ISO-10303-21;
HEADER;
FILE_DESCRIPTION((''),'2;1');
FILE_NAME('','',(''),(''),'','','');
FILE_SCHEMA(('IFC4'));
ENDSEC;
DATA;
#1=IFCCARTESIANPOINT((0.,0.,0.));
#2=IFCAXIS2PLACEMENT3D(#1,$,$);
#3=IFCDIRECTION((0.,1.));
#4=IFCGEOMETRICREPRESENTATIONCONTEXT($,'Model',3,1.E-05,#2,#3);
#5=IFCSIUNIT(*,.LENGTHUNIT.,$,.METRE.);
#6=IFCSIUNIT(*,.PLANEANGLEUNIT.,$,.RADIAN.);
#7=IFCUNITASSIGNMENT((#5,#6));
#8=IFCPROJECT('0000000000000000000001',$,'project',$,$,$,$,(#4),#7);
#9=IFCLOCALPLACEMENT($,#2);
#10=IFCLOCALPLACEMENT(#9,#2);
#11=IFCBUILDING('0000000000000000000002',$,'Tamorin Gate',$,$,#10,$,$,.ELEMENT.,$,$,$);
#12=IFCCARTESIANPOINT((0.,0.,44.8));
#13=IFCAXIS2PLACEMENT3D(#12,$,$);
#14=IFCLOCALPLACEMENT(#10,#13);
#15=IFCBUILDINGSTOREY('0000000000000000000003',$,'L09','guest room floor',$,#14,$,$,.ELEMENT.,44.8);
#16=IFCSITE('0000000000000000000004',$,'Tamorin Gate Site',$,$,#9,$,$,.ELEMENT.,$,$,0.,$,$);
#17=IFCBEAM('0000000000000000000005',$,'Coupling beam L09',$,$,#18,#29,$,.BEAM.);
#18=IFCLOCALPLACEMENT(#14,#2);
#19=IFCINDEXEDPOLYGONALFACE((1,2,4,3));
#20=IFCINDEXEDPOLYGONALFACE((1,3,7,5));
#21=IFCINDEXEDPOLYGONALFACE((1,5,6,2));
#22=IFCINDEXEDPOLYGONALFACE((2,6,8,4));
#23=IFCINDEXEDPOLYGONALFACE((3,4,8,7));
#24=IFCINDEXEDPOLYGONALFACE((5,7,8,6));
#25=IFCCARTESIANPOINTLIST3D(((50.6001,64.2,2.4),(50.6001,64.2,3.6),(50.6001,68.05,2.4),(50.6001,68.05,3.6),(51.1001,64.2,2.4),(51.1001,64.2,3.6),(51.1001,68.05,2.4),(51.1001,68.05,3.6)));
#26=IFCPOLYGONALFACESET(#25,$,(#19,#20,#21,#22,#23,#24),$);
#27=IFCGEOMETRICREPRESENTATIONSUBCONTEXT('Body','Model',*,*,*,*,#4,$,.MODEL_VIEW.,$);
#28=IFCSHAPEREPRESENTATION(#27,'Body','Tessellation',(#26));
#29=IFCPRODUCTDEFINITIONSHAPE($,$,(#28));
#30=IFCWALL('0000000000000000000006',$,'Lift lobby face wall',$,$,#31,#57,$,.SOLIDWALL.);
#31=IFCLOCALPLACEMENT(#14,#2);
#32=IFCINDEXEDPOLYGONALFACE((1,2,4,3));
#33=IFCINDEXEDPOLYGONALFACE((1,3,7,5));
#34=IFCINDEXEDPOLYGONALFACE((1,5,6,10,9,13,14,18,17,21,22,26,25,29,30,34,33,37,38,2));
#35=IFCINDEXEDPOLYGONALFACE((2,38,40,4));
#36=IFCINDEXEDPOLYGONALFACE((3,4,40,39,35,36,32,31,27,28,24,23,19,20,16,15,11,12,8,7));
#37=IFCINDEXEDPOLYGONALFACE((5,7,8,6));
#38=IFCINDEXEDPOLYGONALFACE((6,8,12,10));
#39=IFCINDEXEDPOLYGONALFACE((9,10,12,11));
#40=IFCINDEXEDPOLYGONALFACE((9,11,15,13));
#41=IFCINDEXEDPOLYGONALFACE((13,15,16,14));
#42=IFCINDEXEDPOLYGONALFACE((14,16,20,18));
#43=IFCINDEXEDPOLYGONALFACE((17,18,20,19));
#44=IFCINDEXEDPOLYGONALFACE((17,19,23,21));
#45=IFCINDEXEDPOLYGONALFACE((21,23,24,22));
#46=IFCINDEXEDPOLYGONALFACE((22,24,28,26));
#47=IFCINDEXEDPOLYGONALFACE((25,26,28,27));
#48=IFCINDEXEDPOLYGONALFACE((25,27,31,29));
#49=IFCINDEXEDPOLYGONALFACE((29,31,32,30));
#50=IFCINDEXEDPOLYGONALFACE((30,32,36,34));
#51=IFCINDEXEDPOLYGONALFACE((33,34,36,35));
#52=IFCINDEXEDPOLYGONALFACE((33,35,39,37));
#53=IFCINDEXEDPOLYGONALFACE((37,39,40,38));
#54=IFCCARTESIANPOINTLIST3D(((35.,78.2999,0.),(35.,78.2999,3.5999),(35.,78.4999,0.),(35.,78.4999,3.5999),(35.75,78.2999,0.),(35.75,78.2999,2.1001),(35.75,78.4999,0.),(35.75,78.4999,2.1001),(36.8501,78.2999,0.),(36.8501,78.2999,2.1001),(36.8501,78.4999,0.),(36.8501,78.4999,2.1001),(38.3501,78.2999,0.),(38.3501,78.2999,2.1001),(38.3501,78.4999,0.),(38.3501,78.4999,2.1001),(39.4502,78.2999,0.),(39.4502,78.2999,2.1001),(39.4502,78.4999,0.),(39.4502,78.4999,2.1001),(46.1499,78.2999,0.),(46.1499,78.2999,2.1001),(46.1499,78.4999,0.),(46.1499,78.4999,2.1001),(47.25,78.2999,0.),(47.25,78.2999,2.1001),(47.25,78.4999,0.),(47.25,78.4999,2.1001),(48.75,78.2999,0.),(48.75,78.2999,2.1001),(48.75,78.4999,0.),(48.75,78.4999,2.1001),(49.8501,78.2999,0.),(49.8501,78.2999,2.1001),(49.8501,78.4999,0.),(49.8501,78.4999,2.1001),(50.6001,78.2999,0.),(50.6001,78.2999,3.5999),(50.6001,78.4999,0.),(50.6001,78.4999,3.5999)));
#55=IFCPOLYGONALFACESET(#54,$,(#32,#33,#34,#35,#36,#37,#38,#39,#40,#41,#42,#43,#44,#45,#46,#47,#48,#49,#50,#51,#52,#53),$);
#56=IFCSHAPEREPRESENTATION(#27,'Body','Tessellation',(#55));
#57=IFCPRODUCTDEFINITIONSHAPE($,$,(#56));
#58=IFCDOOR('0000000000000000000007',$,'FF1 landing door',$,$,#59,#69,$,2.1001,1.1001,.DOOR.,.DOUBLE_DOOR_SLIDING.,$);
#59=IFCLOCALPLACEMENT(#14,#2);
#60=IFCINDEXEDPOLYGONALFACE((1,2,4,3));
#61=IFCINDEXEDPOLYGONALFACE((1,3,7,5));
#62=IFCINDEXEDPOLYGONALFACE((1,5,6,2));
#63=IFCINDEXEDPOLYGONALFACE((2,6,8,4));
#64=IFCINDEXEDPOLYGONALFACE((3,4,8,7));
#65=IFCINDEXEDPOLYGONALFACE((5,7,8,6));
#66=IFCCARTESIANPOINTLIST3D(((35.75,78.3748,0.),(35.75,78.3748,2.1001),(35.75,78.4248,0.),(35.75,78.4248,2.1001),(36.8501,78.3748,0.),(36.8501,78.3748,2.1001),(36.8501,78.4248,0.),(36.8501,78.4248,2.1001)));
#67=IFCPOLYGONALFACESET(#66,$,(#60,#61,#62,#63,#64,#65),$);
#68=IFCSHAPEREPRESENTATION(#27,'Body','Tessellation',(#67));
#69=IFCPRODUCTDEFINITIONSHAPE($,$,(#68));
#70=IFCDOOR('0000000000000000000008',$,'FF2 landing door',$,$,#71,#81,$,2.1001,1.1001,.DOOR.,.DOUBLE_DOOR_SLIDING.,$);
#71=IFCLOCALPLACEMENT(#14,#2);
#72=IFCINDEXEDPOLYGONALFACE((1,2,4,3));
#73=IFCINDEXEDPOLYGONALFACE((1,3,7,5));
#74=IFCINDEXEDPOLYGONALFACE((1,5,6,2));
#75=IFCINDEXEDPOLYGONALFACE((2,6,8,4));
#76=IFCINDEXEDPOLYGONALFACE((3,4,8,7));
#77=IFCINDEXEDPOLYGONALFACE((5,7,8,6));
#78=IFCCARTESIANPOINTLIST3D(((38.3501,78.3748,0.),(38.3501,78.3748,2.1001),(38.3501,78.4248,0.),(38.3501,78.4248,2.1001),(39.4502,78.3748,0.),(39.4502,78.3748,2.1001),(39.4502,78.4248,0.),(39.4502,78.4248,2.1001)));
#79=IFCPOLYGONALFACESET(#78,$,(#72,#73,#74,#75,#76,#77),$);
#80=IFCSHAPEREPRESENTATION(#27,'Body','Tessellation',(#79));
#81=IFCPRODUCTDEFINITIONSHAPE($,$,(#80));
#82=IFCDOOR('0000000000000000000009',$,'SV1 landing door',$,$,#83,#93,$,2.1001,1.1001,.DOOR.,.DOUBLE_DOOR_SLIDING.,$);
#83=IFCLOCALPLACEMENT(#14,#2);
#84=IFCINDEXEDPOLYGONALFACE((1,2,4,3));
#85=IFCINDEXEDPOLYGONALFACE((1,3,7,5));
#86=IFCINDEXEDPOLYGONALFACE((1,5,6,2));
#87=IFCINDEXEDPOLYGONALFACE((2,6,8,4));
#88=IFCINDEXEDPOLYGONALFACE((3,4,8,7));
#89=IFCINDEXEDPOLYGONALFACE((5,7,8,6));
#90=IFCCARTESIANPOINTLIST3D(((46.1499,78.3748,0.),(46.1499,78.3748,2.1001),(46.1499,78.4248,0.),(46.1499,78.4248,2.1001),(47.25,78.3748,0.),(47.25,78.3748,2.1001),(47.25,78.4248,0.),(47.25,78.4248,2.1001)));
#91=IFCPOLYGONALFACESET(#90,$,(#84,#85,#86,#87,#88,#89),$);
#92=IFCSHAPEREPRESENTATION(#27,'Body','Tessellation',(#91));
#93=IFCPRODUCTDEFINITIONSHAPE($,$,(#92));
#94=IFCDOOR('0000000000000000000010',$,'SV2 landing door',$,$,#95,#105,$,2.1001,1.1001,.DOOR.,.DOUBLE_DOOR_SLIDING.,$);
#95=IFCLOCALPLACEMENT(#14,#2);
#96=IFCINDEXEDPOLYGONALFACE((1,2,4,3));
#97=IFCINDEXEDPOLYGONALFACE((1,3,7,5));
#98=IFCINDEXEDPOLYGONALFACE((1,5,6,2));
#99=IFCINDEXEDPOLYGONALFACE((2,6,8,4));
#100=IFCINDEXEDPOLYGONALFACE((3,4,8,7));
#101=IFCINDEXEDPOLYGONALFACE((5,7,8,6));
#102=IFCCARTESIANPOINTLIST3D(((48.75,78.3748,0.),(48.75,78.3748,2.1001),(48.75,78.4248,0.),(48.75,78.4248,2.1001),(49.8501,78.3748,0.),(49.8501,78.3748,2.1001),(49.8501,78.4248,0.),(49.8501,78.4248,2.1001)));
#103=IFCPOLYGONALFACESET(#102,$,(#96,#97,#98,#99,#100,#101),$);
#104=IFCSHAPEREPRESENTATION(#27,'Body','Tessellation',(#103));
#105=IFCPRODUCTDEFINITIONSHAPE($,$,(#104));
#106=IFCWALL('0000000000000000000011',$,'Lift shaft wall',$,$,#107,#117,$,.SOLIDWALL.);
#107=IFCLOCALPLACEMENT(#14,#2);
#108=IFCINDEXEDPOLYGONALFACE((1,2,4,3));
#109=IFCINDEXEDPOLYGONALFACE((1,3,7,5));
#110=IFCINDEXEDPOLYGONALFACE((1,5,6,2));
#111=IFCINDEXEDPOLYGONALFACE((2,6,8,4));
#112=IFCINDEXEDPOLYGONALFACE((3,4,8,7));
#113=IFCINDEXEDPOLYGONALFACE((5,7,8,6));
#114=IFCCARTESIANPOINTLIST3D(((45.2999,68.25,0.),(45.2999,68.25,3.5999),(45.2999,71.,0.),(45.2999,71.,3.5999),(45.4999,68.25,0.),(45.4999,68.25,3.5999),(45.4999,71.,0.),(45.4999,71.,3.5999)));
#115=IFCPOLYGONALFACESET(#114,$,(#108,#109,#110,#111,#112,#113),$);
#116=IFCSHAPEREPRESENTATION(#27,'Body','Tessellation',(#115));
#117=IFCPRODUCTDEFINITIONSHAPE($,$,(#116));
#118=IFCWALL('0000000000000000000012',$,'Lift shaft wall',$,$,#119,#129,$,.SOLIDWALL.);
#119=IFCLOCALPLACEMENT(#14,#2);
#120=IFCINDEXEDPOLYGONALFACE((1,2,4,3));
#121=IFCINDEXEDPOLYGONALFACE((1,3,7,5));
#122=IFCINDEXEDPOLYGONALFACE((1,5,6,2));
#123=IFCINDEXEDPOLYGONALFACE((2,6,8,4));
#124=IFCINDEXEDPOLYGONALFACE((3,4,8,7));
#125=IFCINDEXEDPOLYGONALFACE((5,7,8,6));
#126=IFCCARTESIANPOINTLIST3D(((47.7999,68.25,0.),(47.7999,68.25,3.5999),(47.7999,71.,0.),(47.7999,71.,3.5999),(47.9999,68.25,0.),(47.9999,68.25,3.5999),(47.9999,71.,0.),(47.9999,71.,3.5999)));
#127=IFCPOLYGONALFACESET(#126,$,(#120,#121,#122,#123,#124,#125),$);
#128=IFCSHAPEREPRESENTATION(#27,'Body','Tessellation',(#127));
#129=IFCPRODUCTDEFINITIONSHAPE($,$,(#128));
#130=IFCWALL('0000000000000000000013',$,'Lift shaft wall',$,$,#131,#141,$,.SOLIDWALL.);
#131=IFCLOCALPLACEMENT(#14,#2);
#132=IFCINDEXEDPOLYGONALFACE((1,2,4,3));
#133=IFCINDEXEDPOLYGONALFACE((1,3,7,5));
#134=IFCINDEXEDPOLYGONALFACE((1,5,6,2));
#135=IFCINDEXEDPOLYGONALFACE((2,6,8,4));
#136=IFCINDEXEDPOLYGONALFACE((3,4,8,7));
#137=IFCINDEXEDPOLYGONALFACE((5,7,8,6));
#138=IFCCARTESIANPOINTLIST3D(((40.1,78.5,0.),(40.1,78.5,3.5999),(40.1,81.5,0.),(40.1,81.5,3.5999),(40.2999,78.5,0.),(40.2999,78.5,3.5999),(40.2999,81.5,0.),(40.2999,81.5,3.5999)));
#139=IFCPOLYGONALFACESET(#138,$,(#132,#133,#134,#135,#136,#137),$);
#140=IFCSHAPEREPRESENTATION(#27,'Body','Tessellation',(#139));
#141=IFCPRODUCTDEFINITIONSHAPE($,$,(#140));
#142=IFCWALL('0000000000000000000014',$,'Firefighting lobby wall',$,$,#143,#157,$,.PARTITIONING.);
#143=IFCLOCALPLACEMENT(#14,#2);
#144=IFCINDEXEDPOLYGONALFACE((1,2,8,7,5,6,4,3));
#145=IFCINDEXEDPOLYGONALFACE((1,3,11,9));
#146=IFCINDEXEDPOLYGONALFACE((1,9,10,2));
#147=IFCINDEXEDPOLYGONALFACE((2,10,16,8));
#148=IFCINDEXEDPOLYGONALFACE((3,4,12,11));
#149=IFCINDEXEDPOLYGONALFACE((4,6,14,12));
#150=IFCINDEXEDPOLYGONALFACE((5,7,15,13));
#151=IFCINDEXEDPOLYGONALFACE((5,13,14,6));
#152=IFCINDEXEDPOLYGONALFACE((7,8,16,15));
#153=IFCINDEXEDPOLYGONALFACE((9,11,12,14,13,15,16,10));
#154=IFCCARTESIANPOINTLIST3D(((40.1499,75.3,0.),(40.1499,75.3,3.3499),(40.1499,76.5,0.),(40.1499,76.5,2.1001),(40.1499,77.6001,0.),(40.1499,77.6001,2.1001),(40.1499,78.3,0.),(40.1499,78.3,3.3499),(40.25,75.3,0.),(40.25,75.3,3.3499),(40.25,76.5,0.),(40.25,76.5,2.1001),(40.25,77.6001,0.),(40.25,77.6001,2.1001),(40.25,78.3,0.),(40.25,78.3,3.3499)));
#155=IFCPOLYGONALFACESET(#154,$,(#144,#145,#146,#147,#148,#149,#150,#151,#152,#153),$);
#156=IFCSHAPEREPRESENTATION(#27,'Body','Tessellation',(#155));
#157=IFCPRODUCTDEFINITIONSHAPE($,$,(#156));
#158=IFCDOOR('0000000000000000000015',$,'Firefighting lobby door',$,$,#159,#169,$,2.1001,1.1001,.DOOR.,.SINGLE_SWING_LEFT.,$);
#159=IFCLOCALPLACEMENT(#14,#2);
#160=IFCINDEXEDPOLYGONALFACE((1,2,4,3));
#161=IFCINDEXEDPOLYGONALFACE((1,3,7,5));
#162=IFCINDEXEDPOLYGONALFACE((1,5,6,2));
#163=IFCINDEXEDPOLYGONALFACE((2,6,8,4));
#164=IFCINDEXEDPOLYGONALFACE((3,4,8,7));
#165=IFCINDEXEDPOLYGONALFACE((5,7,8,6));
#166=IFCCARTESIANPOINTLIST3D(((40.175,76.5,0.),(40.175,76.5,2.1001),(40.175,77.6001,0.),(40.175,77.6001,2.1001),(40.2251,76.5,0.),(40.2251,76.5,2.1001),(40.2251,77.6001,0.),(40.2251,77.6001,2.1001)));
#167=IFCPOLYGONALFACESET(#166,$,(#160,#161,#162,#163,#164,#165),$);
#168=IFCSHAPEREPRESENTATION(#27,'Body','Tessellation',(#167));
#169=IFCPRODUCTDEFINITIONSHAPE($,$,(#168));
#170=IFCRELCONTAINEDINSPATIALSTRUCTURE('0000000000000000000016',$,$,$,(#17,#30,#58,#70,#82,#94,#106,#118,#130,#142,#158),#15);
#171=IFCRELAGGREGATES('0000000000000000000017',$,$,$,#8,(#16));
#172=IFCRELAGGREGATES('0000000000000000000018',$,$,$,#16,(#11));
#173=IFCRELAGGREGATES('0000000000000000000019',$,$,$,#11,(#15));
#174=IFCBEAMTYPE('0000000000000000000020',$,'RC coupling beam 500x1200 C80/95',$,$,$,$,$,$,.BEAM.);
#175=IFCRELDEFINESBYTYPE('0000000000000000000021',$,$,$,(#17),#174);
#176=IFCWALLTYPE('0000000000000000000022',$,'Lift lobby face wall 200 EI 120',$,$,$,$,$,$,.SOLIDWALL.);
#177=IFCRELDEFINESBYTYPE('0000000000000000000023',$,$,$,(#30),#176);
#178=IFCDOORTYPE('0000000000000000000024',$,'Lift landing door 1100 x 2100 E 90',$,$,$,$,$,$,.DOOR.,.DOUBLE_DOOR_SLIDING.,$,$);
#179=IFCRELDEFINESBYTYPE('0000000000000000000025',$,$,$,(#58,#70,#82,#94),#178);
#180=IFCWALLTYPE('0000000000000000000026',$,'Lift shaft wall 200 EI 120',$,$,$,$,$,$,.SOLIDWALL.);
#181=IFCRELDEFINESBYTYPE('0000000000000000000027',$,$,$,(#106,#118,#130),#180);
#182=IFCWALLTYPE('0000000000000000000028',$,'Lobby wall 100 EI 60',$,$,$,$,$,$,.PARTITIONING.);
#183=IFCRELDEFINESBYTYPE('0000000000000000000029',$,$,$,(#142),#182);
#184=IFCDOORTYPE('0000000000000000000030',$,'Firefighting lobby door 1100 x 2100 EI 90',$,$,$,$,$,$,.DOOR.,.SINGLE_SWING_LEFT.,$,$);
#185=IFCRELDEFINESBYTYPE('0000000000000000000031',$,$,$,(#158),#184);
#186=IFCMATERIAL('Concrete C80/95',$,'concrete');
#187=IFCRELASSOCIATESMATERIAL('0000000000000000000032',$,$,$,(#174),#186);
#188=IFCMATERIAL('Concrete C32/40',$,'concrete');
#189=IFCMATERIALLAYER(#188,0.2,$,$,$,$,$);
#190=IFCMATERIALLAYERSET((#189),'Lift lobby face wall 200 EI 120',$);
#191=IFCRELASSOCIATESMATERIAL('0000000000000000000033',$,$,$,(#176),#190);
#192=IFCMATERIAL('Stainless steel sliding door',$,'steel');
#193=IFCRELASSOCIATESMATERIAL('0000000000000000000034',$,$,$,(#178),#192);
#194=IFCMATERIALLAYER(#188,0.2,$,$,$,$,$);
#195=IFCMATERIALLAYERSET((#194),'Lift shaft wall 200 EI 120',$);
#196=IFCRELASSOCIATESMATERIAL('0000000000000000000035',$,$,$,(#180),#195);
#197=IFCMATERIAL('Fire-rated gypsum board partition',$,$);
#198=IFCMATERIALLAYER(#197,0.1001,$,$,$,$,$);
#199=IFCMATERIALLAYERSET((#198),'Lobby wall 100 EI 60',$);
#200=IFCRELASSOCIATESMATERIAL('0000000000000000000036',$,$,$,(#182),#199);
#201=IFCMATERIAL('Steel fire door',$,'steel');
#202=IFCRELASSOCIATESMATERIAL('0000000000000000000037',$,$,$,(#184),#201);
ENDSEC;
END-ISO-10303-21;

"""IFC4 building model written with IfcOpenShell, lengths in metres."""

from ifc_helpers import new_model, si_unit, direction, frame, frame_2d, origin, origin_2d, place, context, subcontext, project, spatial, rectangle, extrude, material, layer, layer_set, material_profile, profile_set, type_object, element, fill, save


model = new_model("IFC4")

# Units and contexts
model_context = context("Model", 3, precision=1e-05, world=origin(), true_north=direction((0.0, 1.0)))
body_context = subcontext(model_context, "Body", "Model", "MODEL_VIEW")
ifc_project = project(units=[si_unit("LENGTHUNIT", "METRE"), si_unit("PLANEANGLEUNIT", "RADIAN")], contexts=[model_context])

# Site, building, storey
site_placement = place(None, origin())
site = spatial("IfcSite", under=ifc_project, at=site_placement, Name="Tamorin Gate Site", CompositionType="ELEMENT", RefElevation=0.0)
building_placement = place(site_placement, origin())
building = spatial("IfcBuilding", under=site, at=building_placement, Name="Tamorin Gate", CompositionType="ELEMENT")
storey_placement = place(building_placement, frame((0.0, 0.0, 44.8)))
storey = spatial("IfcBuildingStorey", under=building, at=storey_placement, Name="L09", Description="guest room floor", CompositionType="ELEMENT", Elevation=44.8)

# Beam
ifc_material_1 = material(Name="Concrete C80/95", Category="concrete")
ifc_material_profile = material_profile(ifc_material_1, rectangle(XDim=0.5, YDim=1.2, at=origin_2d()), Name="RC 500x1200")
ifc_profile_set = profile_set([ifc_material_profile], Name="Concrete C80/95")
beam_type = type_object("IfcBeamType", Name="RC coupling beam 500x1200 C80/95", PredefinedType="BEAM", material=ifc_profile_set)
beam_placement = place(storey_placement, frame((50.8501, 64.2, 3.0), z_axis=(0.0, 1.0, 0.0), x_axis=(-1.0, 0.0, 0.0)))
element("IfcBeam", 1, at=beam_placement, inside=storey, type_object=beam_type, Name="Coupling beam L09", PredefinedType="BEAM", context=body_context, shape_type="SweptSolid", body=[
    extrude(rectangle(XDim=0.5, YDim=1.2, at=origin_2d()), origin(), (0.0, 0.0, 1.0), 3.8501),
])

# Wall, openings, doors
ifc_material_2 = material(Name="Concrete C32/40", Category="concrete")
ifc_layer_1 = layer(ifc_material_2, 0.2)
ifc_layer_set_1 = layer_set([ifc_layer_1], Name="Lift lobby face wall 200 EI 120")
wall_type_1 = type_object("IfcWallType", Name="Lift lobby face wall 200 EI 120", PredefinedType="SOLIDWALL", material=ifc_layer_set_1)
wall_1_placement = place(storey_placement, frame((35.0, 78.3999, 0.0), z_axis=(0.0, 0.0, 1.0), x_axis=(1.0, 0.0, 0.0)))
wall_1 = element("IfcWall", 2, at=wall_1_placement, inside=storey, type_object=wall_type_1, Name="Lift lobby face wall", PredefinedType="SOLIDWALL", context=body_context, shape_type="SweptSolid", body=[
    extrude(rectangle(XDim=15.6001, YDim=0.2, at=frame_2d((7.8, 0.0))), origin(), (0.0, 0.0, 1.0), 3.5999),
])
opening_1_placement = place(wall_1_placement, frame((0.75, 0.0, 0.0)))
opening_1 = element("IfcOpeningElement", 3, at=opening_1_placement, cuts=wall_1, PredefinedType="OPENING", context=body_context, shape_type="SweptSolid", body=[
    extrude(rectangle(XDim=1.1001, YDim=2.1001, at=frame_2d((0.55, 1.05))), frame((0.0, 0.1099, 0.0), z_axis=(0.0, -1.0, 0.0), x_axis=(1.0, 0.0, 0.0)), (0.0, 0.0, 1.0), 0.22),
])
opening_2_placement = place(wall_1_placement, frame((3.3501, 0.0, 0.0)))
opening_2 = element("IfcOpeningElement", 4, at=opening_2_placement, cuts=wall_1, PredefinedType="OPENING", context=body_context, shape_type="SweptSolid", body=[
    extrude(rectangle(XDim=1.1001, YDim=2.1001, at=frame_2d((0.55, 1.05))), frame((0.0, 0.1099, 0.0), z_axis=(0.0, -1.0, 0.0), x_axis=(1.0, 0.0, 0.0)), (0.0, 0.0, 1.0), 0.22),
])
opening_3_placement = place(wall_1_placement, frame((11.1499, 0.0, 0.0)))
opening_3 = element("IfcOpeningElement", 5, at=opening_3_placement, cuts=wall_1, PredefinedType="OPENING", context=body_context, shape_type="SweptSolid", body=[
    extrude(rectangle(XDim=1.1001, YDim=2.1001, at=frame_2d((0.55, 1.05))), frame((0.0, 0.1099, 0.0), z_axis=(0.0, -1.0, 0.0), x_axis=(1.0, 0.0, 0.0)), (0.0, 0.0, 1.0), 0.22),
])
opening_4_placement = place(wall_1_placement, frame((13.75, 0.0, 0.0)))
opening_4 = element("IfcOpeningElement", 6, at=opening_4_placement, cuts=wall_1, PredefinedType="OPENING", context=body_context, shape_type="SweptSolid", body=[
    extrude(rectangle(XDim=1.1001, YDim=2.1001, at=frame_2d((0.55, 1.05))), frame((0.0, 0.1099, 0.0), z_axis=(0.0, -1.0, 0.0), x_axis=(1.0, 0.0, 0.0)), (0.0, 0.0, 1.0), 0.22),
])
ifc_material_3 = material(Name="Stainless steel sliding door", Category="steel")
door_type_1 = type_object("IfcDoorType", Name="Lift landing door 1100 x 2100 E 90", OperationType="DOUBLE_DOOR_SLIDING", PredefinedType="DOOR", material=ifc_material_3)
door_1_placement = place(opening_1_placement, origin())
door_1 = element("IfcDoor", 7, at=door_1_placement, inside=storey, type_object=door_type_1, Name="FF1 landing door", OperationType="DOUBLE_DOOR_SLIDING", OverallHeight=2.1001, OverallWidth=1.1001, PredefinedType="DOOR", context=body_context, shape_type="SweptSolid", body=[
    extrude(rectangle(XDim=1.1001, YDim=2.1001, at=frame_2d((0.55, 1.05))), frame((0.0, 0.0249, 0.0), z_axis=(0.0, -1.0, 0.0), x_axis=(1.0, 0.0, 0.0)), (0.0, 0.0, 1.0), 0.05),
])
fill(opening_1, door_1)
door_2_placement = place(opening_2_placement, origin())
door_2 = element("IfcDoor", 8, at=door_2_placement, inside=storey, type_object=door_type_1, Name="FF2 landing door", OperationType="DOUBLE_DOOR_SLIDING", OverallHeight=2.1001, OverallWidth=1.1001, PredefinedType="DOOR", context=body_context, shape_type="SweptSolid", body=[
    extrude(rectangle(XDim=1.1001, YDim=2.1001, at=frame_2d((0.55, 1.05))), frame((0.0, 0.0249, 0.0), z_axis=(0.0, -1.0, 0.0), x_axis=(1.0, 0.0, 0.0)), (0.0, 0.0, 1.0), 0.05),
])
fill(opening_2, door_2)
door_3_placement = place(opening_3_placement, origin())
door_3 = element("IfcDoor", 9, at=door_3_placement, inside=storey, type_object=door_type_1, Name="SV1 landing door", OperationType="DOUBLE_DOOR_SLIDING", OverallHeight=2.1001, OverallWidth=1.1001, PredefinedType="DOOR", context=body_context, shape_type="SweptSolid", body=[
    extrude(rectangle(XDim=1.1001, YDim=2.1001, at=frame_2d((0.55, 1.05))), frame((0.0, 0.0249, 0.0), z_axis=(0.0, -1.0, 0.0), x_axis=(1.0, 0.0, 0.0)), (0.0, 0.0, 1.0), 0.05),
])
fill(opening_3, door_3)
door_4_placement = place(opening_4_placement, origin())
door_4 = element("IfcDoor", 10, at=door_4_placement, inside=storey, type_object=door_type_1, Name="SV2 landing door", OperationType="DOUBLE_DOOR_SLIDING", OverallHeight=2.1001, OverallWidth=1.1001, PredefinedType="DOOR", context=body_context, shape_type="SweptSolid", body=[
    extrude(rectangle(XDim=1.1001, YDim=2.1001, at=frame_2d((0.55, 1.05))), frame((0.0, 0.0249, 0.0), z_axis=(0.0, -1.0, 0.0), x_axis=(1.0, 0.0, 0.0)), (0.0, 0.0, 1.0), 0.05),
])
fill(opening_4, door_4)

# Walls
ifc_layer_2 = layer(ifc_material_2, 0.2)
ifc_layer_set_2 = layer_set([ifc_layer_2], Name="Lift shaft wall 200 EI 120")
wall_type_2 = type_object("IfcWallType", Name="Lift shaft wall 200 EI 120", PredefinedType="SOLIDWALL", material=ifc_layer_set_2)
for number, where, z_axis, x_axis, name in (
    (11, (45.3999, 68.25, 0.0), (0.0, 0.0, 1.0), (0.0, 1.0, 0.0), "Lift shaft wall"),
    (12, (47.8999, 68.25, 0.0), (0.0, 0.0, 1.0), (0.0, 1.0, 0.0), "Lift shaft wall"),
):
    element("IfcWall", number, at=place(storey_placement, frame(where, z_axis=z_axis, x_axis=x_axis)), inside=storey, type_object=wall_type_2, Name=name, PredefinedType="SOLIDWALL", context=body_context, shape_type="SweptSolid", body=[
        extrude(rectangle(XDim=2.75, YDim=0.2, at=frame_2d((1.375, 0.0))), origin(), (0.0, 0.0, 1.0), 3.5999),
    ])
wall_2_placement = place(storey_placement, frame((40.2, 78.5, 0.0), z_axis=(0.0, 0.0, 1.0), x_axis=(0.0, 1.0, 0.0)))
element("IfcWall", 13, at=wall_2_placement, inside=storey, type_object=wall_type_2, Name="Lift shaft wall", PredefinedType="SOLIDWALL", context=body_context, shape_type="SweptSolid", body=[
    extrude(rectangle(XDim=3.0, YDim=0.2, at=frame_2d((1.5, 0.0))), origin(), (0.0, 0.0, 1.0), 3.5999),
])

# Wall, opening, door
ifc_material_4 = material(Name="Fire-rated gypsum board partition")
ifc_layer_3 = layer(ifc_material_4, 0.1001)
ifc_layer_set_3 = layer_set([ifc_layer_3], Name="Lobby wall 100 EI 60")
wall_type_3 = type_object("IfcWallType", Name="Lobby wall 100 EI 60", PredefinedType="PARTITIONING", material=ifc_layer_set_3)
wall_3_placement = place(storey_placement, frame((40.2, 75.3, 0.0), z_axis=(0.0, 0.0, 1.0), x_axis=(0.0, 1.0, 0.0)))
wall_3 = element("IfcWall", 14, at=wall_3_placement, inside=storey, type_object=wall_type_3, Name="Firefighting lobby wall", PredefinedType="PARTITIONING", context=body_context, shape_type="SweptSolid", body=[
    extrude(rectangle(XDim=3.0, YDim=0.1001, at=frame_2d((1.5, 0.0))), origin(), (0.0, 0.0, 1.0), 3.3499),
])
opening_5_placement = place(wall_3_placement, frame((1.2, 0.0, 0.0)))
opening_5 = element("IfcOpeningElement", 15, at=opening_5_placement, cuts=wall_3, PredefinedType="OPENING", context=body_context, shape_type="SweptSolid", body=[
    extrude(rectangle(XDim=1.1001, YDim=2.1001, at=frame_2d((0.55, 1.05))), frame((0.0, 0.0601, 0.0), z_axis=(0.0, -1.0, 0.0), x_axis=(1.0, 0.0, 0.0)), (0.0, 0.0, 1.0), 0.1201),
])
ifc_material_5 = material(Name="Steel fire door", Category="steel")
door_type_2 = type_object("IfcDoorType", Name="Firefighting lobby door 1100 x 2100 EI 90", OperationType="SINGLE_SWING_LEFT", PredefinedType="DOOR", material=ifc_material_5)
door_5_placement = place(opening_5_placement, origin())
door_5 = element("IfcDoor", 16, at=door_5_placement, inside=storey, type_object=door_type_2, Name="Firefighting lobby door", OperationType="SINGLE_SWING_LEFT", OverallHeight=2.1001, OverallWidth=1.1001, PredefinedType="DOOR", context=body_context, shape_type="SweptSolid", body=[
    extrude(rectangle(XDim=1.1001, YDim=2.1001, at=frame_2d((0.55, 1.05))), frame((0.0, 0.0249, 0.0), z_axis=(0.0, -1.0, 0.0), x_axis=(1.0, 0.0, 0.0)), (0.0, 0.0, 1.0), 0.05),
])
fill(opening_5, door_5)

save(model, "model.ifc")
